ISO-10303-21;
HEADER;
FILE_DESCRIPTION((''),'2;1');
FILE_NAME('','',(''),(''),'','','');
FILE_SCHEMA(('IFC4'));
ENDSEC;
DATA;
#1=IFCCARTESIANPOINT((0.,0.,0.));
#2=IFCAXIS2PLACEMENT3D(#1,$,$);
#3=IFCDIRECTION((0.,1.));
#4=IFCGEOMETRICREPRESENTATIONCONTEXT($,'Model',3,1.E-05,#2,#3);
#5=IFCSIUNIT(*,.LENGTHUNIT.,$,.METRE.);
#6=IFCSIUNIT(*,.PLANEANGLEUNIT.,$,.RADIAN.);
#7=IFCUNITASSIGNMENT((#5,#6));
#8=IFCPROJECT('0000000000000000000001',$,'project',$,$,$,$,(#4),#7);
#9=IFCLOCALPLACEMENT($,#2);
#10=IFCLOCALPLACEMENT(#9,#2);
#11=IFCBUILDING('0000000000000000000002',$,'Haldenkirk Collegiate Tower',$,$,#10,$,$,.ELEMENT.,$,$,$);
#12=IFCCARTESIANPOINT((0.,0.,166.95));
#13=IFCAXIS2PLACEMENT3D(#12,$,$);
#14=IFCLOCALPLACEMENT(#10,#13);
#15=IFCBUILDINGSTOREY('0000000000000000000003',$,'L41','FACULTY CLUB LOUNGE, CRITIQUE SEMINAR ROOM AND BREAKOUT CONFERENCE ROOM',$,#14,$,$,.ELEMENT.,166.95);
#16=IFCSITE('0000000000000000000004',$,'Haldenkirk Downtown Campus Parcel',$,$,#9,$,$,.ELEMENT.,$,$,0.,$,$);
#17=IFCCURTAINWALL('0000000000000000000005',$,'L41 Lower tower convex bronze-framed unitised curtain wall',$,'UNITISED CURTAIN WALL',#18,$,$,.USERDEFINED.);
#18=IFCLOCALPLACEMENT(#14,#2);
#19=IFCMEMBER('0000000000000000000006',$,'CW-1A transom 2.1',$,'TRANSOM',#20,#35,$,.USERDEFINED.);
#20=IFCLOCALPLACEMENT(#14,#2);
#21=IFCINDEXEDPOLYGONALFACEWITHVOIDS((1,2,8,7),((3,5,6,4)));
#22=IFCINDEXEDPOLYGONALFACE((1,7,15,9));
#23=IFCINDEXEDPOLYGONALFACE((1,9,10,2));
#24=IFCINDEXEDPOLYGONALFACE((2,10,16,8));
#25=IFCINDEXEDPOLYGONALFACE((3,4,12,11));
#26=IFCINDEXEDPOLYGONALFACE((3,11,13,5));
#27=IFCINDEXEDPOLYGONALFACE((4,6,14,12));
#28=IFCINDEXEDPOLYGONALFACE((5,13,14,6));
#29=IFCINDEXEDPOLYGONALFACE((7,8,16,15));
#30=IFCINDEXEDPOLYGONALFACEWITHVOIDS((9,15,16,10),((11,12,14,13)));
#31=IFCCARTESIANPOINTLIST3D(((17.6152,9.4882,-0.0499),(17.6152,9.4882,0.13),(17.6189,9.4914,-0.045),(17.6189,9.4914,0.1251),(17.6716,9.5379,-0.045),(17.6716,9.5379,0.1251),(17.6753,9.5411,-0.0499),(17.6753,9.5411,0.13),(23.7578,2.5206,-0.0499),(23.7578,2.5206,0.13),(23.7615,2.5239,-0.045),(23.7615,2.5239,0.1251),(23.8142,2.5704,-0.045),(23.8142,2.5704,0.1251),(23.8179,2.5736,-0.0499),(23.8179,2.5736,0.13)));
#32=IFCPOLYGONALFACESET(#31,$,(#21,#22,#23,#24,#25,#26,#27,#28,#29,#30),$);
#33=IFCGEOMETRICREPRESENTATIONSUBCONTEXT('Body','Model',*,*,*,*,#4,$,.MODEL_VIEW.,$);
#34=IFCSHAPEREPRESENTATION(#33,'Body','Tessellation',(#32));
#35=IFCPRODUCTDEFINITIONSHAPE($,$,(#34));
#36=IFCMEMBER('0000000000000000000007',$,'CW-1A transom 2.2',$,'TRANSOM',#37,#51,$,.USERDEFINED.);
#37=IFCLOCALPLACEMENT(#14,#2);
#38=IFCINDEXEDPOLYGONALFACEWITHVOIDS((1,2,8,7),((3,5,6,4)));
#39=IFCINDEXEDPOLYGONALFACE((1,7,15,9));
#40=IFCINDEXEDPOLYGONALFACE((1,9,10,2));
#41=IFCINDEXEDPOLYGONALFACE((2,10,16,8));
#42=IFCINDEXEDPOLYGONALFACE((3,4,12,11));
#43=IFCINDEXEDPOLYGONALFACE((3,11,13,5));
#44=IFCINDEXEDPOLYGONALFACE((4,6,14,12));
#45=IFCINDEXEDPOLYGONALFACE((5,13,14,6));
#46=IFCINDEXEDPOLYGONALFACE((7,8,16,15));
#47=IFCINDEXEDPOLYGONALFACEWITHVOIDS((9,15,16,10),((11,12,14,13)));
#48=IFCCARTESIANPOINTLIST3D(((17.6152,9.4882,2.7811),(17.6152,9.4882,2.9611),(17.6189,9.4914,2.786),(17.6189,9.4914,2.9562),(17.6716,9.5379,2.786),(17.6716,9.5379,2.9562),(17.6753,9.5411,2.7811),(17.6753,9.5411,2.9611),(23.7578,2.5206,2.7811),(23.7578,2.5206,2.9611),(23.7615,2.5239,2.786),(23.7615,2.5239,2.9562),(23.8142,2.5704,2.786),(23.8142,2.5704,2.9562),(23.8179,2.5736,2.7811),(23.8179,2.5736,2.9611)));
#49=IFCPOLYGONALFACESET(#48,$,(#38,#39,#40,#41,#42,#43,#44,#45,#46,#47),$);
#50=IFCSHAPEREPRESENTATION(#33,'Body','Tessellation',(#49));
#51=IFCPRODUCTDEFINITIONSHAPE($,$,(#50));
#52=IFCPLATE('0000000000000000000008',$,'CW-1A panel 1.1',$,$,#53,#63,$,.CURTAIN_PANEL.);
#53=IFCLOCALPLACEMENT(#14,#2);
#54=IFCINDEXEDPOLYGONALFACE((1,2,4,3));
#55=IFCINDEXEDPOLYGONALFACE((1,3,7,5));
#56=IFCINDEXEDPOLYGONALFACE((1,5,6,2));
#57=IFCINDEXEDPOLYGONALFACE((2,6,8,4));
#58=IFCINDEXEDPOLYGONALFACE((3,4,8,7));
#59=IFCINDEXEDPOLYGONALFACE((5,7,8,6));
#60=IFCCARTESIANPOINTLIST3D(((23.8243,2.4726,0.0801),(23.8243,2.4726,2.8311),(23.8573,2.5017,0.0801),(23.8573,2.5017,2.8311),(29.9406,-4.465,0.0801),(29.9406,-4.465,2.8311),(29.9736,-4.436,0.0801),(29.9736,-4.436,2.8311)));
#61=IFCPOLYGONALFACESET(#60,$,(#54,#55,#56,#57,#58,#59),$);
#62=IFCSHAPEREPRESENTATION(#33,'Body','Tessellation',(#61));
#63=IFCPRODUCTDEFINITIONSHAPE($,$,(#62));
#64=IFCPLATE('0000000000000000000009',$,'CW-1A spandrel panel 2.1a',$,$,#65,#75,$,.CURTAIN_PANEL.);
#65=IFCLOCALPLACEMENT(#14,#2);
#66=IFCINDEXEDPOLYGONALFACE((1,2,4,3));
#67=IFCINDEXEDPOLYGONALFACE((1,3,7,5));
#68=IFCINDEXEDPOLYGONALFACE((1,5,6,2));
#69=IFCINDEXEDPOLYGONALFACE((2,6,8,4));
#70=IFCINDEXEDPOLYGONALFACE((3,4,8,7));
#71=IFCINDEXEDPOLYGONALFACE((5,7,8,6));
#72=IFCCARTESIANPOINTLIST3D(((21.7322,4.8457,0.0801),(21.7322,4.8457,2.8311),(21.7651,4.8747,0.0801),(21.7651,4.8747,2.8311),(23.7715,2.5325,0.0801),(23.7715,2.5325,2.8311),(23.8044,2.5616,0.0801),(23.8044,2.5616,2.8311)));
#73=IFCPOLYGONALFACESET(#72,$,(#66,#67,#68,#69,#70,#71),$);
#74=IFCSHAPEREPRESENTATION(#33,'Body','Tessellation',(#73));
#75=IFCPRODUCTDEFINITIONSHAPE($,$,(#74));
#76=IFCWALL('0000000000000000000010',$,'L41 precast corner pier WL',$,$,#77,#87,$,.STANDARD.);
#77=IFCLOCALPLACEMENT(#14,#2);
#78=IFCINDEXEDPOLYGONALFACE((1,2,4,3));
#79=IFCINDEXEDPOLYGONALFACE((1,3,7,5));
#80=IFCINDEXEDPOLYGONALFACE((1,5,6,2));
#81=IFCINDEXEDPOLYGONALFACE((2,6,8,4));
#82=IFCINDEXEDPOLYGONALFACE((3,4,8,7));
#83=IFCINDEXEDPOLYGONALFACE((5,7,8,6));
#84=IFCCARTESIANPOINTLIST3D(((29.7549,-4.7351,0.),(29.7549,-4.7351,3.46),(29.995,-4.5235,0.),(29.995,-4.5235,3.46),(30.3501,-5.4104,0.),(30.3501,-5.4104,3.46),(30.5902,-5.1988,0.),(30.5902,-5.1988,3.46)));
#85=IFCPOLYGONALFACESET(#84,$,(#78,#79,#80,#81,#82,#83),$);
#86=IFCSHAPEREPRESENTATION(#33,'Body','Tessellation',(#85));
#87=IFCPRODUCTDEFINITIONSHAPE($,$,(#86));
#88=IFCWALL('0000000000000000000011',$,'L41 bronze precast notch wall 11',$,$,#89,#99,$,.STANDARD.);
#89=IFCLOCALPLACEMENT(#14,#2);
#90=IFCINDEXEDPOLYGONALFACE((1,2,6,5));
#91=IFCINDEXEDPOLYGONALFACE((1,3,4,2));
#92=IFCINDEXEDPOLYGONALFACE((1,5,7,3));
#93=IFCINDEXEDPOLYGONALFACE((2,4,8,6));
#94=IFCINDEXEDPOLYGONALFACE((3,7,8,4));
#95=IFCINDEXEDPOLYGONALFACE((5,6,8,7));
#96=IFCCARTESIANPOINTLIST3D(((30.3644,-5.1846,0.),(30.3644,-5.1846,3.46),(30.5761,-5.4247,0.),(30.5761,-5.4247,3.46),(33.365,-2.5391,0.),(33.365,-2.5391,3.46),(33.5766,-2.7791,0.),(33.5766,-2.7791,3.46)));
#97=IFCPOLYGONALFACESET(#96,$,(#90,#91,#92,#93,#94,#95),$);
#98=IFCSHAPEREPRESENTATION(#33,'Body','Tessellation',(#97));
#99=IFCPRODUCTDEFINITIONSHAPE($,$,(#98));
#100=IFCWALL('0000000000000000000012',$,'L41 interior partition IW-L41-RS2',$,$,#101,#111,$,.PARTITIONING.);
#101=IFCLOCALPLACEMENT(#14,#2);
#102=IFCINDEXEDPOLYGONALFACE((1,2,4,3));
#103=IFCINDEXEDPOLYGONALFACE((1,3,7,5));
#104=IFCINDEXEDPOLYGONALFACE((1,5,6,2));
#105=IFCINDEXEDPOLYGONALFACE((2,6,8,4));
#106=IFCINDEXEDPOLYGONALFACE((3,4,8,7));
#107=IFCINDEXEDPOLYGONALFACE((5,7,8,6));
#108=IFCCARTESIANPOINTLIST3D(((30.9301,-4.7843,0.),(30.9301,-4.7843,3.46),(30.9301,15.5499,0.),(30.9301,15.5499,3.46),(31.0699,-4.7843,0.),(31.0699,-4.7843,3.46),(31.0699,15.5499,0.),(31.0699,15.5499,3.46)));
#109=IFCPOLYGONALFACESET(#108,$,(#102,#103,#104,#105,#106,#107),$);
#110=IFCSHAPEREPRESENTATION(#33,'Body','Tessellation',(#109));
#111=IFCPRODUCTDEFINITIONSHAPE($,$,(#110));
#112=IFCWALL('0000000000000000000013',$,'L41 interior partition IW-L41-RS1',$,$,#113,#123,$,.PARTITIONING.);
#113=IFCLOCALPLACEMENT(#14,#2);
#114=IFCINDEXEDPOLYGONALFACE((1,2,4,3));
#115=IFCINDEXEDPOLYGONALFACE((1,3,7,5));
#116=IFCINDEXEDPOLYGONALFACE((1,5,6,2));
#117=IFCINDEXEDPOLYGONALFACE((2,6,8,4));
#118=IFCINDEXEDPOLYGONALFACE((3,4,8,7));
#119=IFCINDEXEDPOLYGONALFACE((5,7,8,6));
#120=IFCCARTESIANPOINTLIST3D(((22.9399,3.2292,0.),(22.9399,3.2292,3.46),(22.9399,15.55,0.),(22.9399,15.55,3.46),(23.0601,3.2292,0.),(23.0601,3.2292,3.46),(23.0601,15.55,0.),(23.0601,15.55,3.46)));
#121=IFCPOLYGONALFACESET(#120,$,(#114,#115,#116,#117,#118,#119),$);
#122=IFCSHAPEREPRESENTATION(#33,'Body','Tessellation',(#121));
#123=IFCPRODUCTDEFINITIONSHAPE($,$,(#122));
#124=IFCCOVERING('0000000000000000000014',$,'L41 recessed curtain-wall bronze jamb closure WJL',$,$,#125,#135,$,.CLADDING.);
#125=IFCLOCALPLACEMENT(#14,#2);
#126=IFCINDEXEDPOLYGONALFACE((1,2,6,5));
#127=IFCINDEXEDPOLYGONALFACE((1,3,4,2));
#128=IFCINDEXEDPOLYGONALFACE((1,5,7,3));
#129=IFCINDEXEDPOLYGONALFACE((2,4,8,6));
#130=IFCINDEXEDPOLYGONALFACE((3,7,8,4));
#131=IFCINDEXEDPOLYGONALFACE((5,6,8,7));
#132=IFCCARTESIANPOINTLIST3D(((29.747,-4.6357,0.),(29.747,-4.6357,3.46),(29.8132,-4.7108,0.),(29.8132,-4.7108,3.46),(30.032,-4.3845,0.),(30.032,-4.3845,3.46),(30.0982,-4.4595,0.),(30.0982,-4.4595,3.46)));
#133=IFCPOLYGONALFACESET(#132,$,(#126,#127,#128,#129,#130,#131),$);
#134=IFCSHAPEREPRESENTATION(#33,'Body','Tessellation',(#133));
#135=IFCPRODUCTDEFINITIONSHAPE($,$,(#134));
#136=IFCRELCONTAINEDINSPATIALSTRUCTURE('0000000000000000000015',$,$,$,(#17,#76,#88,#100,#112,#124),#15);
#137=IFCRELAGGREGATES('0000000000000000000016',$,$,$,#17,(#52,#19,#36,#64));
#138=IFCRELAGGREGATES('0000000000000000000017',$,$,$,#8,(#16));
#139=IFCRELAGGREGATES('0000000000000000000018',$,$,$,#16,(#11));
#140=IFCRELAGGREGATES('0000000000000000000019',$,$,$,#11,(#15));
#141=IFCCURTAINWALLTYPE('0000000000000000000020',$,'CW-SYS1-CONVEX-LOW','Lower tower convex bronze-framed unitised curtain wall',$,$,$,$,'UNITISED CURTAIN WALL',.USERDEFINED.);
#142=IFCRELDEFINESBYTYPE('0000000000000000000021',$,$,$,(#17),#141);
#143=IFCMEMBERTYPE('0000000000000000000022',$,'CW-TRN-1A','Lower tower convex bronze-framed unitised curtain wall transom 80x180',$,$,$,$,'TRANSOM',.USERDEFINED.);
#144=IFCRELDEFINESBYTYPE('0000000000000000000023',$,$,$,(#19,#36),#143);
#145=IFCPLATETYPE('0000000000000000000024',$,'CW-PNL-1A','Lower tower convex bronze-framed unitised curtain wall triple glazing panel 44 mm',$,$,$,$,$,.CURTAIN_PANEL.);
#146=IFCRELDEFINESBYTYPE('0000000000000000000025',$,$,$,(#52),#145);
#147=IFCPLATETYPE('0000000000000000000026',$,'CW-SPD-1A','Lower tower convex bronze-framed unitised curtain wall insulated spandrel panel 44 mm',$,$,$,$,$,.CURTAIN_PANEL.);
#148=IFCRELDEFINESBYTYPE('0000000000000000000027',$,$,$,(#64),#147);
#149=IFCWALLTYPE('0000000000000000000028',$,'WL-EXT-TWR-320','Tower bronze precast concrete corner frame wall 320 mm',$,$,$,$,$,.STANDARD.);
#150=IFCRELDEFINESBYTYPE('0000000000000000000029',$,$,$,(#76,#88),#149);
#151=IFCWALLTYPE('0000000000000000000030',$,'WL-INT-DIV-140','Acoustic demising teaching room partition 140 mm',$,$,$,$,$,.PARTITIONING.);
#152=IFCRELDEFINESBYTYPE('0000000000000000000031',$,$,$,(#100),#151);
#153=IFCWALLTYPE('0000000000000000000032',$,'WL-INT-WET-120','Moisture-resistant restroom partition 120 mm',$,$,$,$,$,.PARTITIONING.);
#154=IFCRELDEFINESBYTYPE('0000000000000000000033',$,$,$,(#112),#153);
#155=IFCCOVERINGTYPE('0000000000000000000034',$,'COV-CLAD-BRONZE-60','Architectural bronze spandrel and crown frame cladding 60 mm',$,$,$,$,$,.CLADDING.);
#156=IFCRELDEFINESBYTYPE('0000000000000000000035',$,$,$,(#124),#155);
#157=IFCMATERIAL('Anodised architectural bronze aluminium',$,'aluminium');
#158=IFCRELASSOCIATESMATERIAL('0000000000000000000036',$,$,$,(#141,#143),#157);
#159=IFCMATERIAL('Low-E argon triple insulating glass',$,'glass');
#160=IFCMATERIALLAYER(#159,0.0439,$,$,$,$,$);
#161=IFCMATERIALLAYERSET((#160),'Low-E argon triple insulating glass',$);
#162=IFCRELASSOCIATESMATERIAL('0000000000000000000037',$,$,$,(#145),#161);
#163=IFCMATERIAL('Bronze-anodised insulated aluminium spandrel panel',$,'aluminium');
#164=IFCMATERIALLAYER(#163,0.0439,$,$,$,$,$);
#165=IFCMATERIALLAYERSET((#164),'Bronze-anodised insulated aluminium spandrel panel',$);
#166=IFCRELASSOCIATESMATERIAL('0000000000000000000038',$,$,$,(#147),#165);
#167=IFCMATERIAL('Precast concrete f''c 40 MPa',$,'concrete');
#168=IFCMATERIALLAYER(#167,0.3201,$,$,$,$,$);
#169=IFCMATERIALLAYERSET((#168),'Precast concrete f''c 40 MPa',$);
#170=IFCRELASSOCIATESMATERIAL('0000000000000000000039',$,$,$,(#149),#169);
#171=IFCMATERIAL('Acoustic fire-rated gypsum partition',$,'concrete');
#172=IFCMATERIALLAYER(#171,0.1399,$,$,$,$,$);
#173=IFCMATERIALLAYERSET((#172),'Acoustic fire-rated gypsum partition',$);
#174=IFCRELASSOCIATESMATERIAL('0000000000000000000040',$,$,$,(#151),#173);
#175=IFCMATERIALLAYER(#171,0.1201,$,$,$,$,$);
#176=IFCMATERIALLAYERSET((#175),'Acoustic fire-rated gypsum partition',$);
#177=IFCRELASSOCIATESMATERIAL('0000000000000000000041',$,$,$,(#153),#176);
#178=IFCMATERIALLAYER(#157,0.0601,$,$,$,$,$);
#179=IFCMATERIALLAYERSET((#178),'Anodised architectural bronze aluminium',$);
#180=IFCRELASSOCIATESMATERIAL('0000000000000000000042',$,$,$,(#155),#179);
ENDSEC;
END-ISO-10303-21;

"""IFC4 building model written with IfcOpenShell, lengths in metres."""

from ifc_helpers import new_model, si_unit, direction, frame, frame_2d, origin, origin_2d, place, context, subcontext, project, spatial, rectangle, hollow_rectangle, extrude, source, transform, mapped, material, layer, layer_set, material_profile, profile_set, type_object, element, aggregate, save


model = new_model("IFC4")

# Units and contexts
model_context = context("Model", 3, precision=1e-05, world=origin(), true_north=direction((0.0, 1.0)))
body_context = subcontext(model_context, "Body", "Model", "MODEL_VIEW")
ifc_project = project(units=[si_unit("LENGTHUNIT", "METRE"), si_unit("PLANEANGLEUNIT", "RADIAN")], contexts=[model_context])

# Site, building, storey
site_placement = place(None, origin())
site = spatial("IfcSite", under=ifc_project, at=site_placement, Name="Haldenkirk Downtown Campus Parcel", CompositionType="ELEMENT", RefElevation=0.0)
building_placement = place(site_placement, origin())
building = spatial("IfcBuilding", under=site, at=building_placement, Name="Haldenkirk Collegiate Tower", CompositionType="ELEMENT")
storey_placement = place(building_placement, frame((0.0, 0.0, 166.95)))
storey = spatial("IfcBuildingStorey", under=building, at=storey_placement, Name="L41", Description="FACULTY CLUB LOUNGE, CRITIQUE SEMINAR ROOM AND BREAKOUT CONFERENCE ROOM", CompositionType="ELEMENT", Elevation=166.95)

# Curtain wall, members, plates
ifc_material_1 = material(Name="Anodised architectural bronze aluminium", Category="aluminium")
curtain_wall_type = type_object("IfcCurtainWallType", Name="CW-SYS1-CONVEX-LOW", Description="Lower tower convex bronze-framed unitised curtain wall", ElementType="UNITISED CURTAIN WALL", PredefinedType="USERDEFINED", material=ifc_material_1)
curtain_wall_placement = place(storey_placement, origin())
curtain_wall = element("IfcCurtainWall", 1, at=curtain_wall_placement, inside=storey, type_object=curtain_wall_type, Name="L41 Lower tower convex bronze-framed unitised curtain wall", ObjectType="UNITISED CURTAIN WALL", PredefinedType="USERDEFINED")
ifc_material_profile_1 = material_profile(ifc_material_1, hollow_rectangle(XDim=0.0801, YDim=0.1799, WallThickness=0.0049, at=origin_2d()), Name="CW-TRN-1A")
ifc_profile_set_1 = profile_set([ifc_material_profile_1], Name="Anodised architectural bronze aluminium")
member_type_1 = type_object("IfcMemberType", Name="CW-TRN-1A", Description="Lower tower convex bronze-framed unitised curtain wall transom 80x180", ElementType="TRANSOM", PredefinedType="USERDEFINED", material=ifc_profile_set_1)
member_1_placement = place(storey_placement, frame((23.7878, 2.5471, 0.04), z_axis=(-0.661304, 0.750118, 0.0), x_axis=(-0.750118, -0.661304, 0.0)))
member_1 = element("IfcMember", 2, at=member_1_placement, type_object=member_type_1, Name="CW-1A transom 2.1", ObjectType="TRANSOM", PredefinedType="USERDEFINED", context=body_context, shape_type="SweptSolid", body=[
    extrude(hollow_rectangle(XDim=0.0801, YDim=0.1799, WallThickness=0.0049, at=origin_2d()), origin(), (0.0, 0.0, 1.0), 9.2886),
])
member_2_placement = place(storey_placement, frame((23.7878, 2.5471, 2.8711), z_axis=(-0.661304, 0.750118, 0.0), x_axis=(-0.750118, -0.661304, 0.0)))
member_2 = element("IfcMember", 3, at=member_2_placement, type_object=member_type_1, Name="CW-1A transom 2.2", ObjectType="TRANSOM", PredefinedType="USERDEFINED", context=body_context, shape_type="SweptSolid", body=[
    extrude(hollow_rectangle(XDim=0.0801, YDim=0.1799, WallThickness=0.0049, at=origin_2d()), origin(), (0.0, 0.0, 1.0), 9.2886),
])
ifc_material_2 = material(Name="Low-E argon triple insulating glass", Category="glass")
ifc_layer_1 = layer(ifc_material_2, 0.0439)
ifc_layer_set_1 = layer_set([ifc_layer_1], Name="Low-E argon triple insulating glass")
plate_type_1 = type_object("IfcPlateType", Name="CW-PNL-1A", Description="Lower tower convex bronze-framed unitised curtain wall triple glazing panel 44 mm", PredefinedType="CURTAIN_PANEL", material=ifc_layer_set_1)
shared_shape_1 = source(origin(), body_context, "Body", "SweptSolid", [
    extrude(rectangle(XDim=9.2488, YDim=0.0439, at=origin_2d()), origin(), (0.0, 0.0, 1.0), 2.751),
])
plate_1_placement = place(storey_placement, frame((26.8989, -0.9817, 0.0801), z_axis=(0.0, 0.0, 1.0), x_axis=(-0.66131, 0.750113, 0.0)))
plate_1 = element("IfcPlate", 4, at=plate_1_placement, type_object=plate_type_1, Name="CW-1A panel 1.1", PredefinedType="CURTAIN_PANEL", context=body_context, shape_type="MappedRepresentation", body=[
    mapped(shared_shape_1, transform((0.0, 0.0, 0.0), x_axis=(1.0, 0.0, 0.0), y_axis=(0.0, 1.0, 0.0), z_axis=(0.0, 0.0, 1.0), scale=1.0)),
])
ifc_material_3 = material(Name="Bronze-anodised insulated aluminium spandrel panel", Category="aluminium")
ifc_layer_2 = layer(ifc_material_3, 0.0439)
ifc_layer_set_2 = layer_set([ifc_layer_2], Name="Bronze-anodised insulated aluminium spandrel panel")
plate_type_2 = type_object("IfcPlateType", Name="CW-SPD-1A", Description="Lower tower convex bronze-framed unitised curtain wall insulated spandrel panel 44 mm", PredefinedType="CURTAIN_PANEL", material=ifc_layer_set_2)
shared_shape_2 = source(origin(), body_context, "Body", "SweptSolid", [
    extrude(rectangle(XDim=3.0837, YDim=0.0439, at=origin_2d()), origin(), (0.0, 0.0, 1.0), 2.751),
])
plate_2_placement = place(storey_placement, frame((22.7683, 3.7036, 0.0801), z_axis=(0.0, 0.0, 1.0), x_axis=(-0.66131, 0.750113, 0.0)))
plate_2 = element("IfcPlate", 5, at=plate_2_placement, type_object=plate_type_2, Name="CW-1A spandrel panel 2.1a", PredefinedType="CURTAIN_PANEL", context=body_context, shape_type="MappedRepresentation", body=[
    mapped(shared_shape_2, transform((0.0, 0.0, 0.0), x_axis=(1.0, 0.0, 0.0), y_axis=(0.0, 1.0, 0.0), z_axis=(0.0, 0.0, 1.0), scale=1.0)),
])
aggregate(curtain_wall, [plate_1, member_1, member_2, plate_2])

# Walls
ifc_material_4 = material(Name="Precast concrete f'c 40 MPa", Category="concrete")
ifc_layer_3 = layer(ifc_material_4, 0.3201)
ifc_layer_set_3 = layer_set([ifc_layer_3], Name="Precast concrete f'c 40 MPa")
wall_type_1 = type_object("IfcWallType", Name="WL-EXT-TWR-320", Description="Tower bronze precast concrete corner frame wall 320 mm", PredefinedType="STANDARD", material=ifc_layer_set_3)
wall_1_placement = place(storey_placement, frame((30.4702, -5.3047, 0.0), z_axis=(0.0, 0.0, 1.0), x_axis=(-0.661227, 0.750186, 0.0)))
element("IfcWall", 6, at=wall_1_placement, inside=storey, type_object=wall_type_1, Name="L41 precast corner pier WL", PredefinedType="STANDARD", context=body_context, shape_type="SweptSolid", body=[
    extrude(rectangle(XDim=0.9001, YDim=0.3201, at=frame_2d((0.4502, 0.0))), origin(), (0.0, 0.0, 1.0), 3.46),
])
wall_2_placement = place(storey_placement, frame((33.4707, -2.6592, 0.0), z_axis=(0.0, 0.0, 1.0), x_axis=(-0.750084, -0.661343, 0.0)))
element("IfcWall", 7, at=wall_2_placement, inside=storey, type_object=wall_type_1, Name="L41 bronze precast notch wall 11", PredefinedType="STANDARD", context=body_context, shape_type="SweptSolid", body=[
    extrude(rectangle(XDim=4.0002, YDim=0.3201, at=frame_2d((2.0, 0.0))), origin(), (0.0, 0.0, 1.0), 3.46),
])
ifc_material_5 = material(Name="Acoustic fire-rated gypsum partition", Category="concrete")
ifc_layer_4 = layer(ifc_material_5, 0.1399)
ifc_layer_set_4 = layer_set([ifc_layer_4], Name="Acoustic fire-rated gypsum partition")
wall_type_2 = type_object("IfcWallType", Name="WL-INT-DIV-140", Description="Acoustic demising teaching room partition 140 mm", PredefinedType="PARTITIONING", material=ifc_layer_set_4)
wall_3_placement = place(storey_placement, frame((31.0, -4.7842, 0.0), z_axis=(0.0, 0.0, 1.0), x_axis=(0.0, 1.0, 0.0)))
element("IfcWall", 8, at=wall_3_placement, inside=storey, type_object=wall_type_2, Name="L41 interior partition IW-L41-RS2", PredefinedType="PARTITIONING", context=body_context, shape_type="SweptSolid", body=[
    extrude(rectangle(XDim=20.3342, YDim=0.1399, at=frame_2d((10.167, 0.0))), origin(), (0.0, 0.0, 1.0), 3.46),
])
ifc_layer_5 = layer(ifc_material_5, 0.1201)
ifc_layer_set_5 = layer_set([ifc_layer_5], Name="Acoustic fire-rated gypsum partition")
wall_type_3 = type_object("IfcWallType", Name="WL-INT-WET-120", Description="Moisture-resistant restroom partition 120 mm", PredefinedType="PARTITIONING", material=ifc_layer_set_5)
wall_4_placement = place(storey_placement, frame((23.0, 3.2292, 0.0), z_axis=(0.0, 0.0, 1.0), x_axis=(0.0, 1.0, 0.0)))
element("IfcWall", 9, at=wall_4_placement, inside=storey, type_object=wall_type_3, Name="L41 interior partition IW-L41-RS1", PredefinedType="PARTITIONING", context=body_context, shape_type="SweptSolid", body=[
    extrude(rectangle(XDim=12.3208, YDim=0.1201, at=frame_2d((6.1604, 0.0))), origin(), (0.0, 0.0, 1.0), 3.46),
])

# Covering
ifc_layer_6 = layer(ifc_material_1, 0.0601)
ifc_layer_set_6 = layer_set([ifc_layer_6], Name="Anodised architectural bronze aluminium")
covering_type = type_object("IfcCoveringType", Name="COV-CLAD-BRONZE-60", Description="Architectural bronze spandrel and crown frame cladding 60 mm", PredefinedType="CLADDING", material=ifc_layer_set_6)
shared_shape_3 = source(origin(), body_context, "Body", "SweptSolid", [
    extrude(rectangle(XDim=0.1001, YDim=0.3799, at=origin_2d()), origin(), (0.0, 0.0, 1.0), 3.46),
])
covering_placement = place(storey_placement, frame((29.9226, -4.5476, 0.0), z_axis=(0.0, 0.0, 1.0), x_axis=(-0.661312, 0.750111, 0.0)))
element("IfcCovering", 10, at=covering_placement, inside=storey, type_object=covering_type, Name="L41 recessed curtain-wall bronze jamb closure WJL", PredefinedType="CLADDING", context=body_context, shape_type="MappedRepresentation", body=[
    mapped(shared_shape_3, transform((0.0, 0.0, 0.0), x_axis=(1.0, 0.0, 0.0), y_axis=(0.0, 1.0, 0.0), z_axis=(0.0, 0.0, 1.0), scale=1.0)),
])

save(model, "model.ifc")
